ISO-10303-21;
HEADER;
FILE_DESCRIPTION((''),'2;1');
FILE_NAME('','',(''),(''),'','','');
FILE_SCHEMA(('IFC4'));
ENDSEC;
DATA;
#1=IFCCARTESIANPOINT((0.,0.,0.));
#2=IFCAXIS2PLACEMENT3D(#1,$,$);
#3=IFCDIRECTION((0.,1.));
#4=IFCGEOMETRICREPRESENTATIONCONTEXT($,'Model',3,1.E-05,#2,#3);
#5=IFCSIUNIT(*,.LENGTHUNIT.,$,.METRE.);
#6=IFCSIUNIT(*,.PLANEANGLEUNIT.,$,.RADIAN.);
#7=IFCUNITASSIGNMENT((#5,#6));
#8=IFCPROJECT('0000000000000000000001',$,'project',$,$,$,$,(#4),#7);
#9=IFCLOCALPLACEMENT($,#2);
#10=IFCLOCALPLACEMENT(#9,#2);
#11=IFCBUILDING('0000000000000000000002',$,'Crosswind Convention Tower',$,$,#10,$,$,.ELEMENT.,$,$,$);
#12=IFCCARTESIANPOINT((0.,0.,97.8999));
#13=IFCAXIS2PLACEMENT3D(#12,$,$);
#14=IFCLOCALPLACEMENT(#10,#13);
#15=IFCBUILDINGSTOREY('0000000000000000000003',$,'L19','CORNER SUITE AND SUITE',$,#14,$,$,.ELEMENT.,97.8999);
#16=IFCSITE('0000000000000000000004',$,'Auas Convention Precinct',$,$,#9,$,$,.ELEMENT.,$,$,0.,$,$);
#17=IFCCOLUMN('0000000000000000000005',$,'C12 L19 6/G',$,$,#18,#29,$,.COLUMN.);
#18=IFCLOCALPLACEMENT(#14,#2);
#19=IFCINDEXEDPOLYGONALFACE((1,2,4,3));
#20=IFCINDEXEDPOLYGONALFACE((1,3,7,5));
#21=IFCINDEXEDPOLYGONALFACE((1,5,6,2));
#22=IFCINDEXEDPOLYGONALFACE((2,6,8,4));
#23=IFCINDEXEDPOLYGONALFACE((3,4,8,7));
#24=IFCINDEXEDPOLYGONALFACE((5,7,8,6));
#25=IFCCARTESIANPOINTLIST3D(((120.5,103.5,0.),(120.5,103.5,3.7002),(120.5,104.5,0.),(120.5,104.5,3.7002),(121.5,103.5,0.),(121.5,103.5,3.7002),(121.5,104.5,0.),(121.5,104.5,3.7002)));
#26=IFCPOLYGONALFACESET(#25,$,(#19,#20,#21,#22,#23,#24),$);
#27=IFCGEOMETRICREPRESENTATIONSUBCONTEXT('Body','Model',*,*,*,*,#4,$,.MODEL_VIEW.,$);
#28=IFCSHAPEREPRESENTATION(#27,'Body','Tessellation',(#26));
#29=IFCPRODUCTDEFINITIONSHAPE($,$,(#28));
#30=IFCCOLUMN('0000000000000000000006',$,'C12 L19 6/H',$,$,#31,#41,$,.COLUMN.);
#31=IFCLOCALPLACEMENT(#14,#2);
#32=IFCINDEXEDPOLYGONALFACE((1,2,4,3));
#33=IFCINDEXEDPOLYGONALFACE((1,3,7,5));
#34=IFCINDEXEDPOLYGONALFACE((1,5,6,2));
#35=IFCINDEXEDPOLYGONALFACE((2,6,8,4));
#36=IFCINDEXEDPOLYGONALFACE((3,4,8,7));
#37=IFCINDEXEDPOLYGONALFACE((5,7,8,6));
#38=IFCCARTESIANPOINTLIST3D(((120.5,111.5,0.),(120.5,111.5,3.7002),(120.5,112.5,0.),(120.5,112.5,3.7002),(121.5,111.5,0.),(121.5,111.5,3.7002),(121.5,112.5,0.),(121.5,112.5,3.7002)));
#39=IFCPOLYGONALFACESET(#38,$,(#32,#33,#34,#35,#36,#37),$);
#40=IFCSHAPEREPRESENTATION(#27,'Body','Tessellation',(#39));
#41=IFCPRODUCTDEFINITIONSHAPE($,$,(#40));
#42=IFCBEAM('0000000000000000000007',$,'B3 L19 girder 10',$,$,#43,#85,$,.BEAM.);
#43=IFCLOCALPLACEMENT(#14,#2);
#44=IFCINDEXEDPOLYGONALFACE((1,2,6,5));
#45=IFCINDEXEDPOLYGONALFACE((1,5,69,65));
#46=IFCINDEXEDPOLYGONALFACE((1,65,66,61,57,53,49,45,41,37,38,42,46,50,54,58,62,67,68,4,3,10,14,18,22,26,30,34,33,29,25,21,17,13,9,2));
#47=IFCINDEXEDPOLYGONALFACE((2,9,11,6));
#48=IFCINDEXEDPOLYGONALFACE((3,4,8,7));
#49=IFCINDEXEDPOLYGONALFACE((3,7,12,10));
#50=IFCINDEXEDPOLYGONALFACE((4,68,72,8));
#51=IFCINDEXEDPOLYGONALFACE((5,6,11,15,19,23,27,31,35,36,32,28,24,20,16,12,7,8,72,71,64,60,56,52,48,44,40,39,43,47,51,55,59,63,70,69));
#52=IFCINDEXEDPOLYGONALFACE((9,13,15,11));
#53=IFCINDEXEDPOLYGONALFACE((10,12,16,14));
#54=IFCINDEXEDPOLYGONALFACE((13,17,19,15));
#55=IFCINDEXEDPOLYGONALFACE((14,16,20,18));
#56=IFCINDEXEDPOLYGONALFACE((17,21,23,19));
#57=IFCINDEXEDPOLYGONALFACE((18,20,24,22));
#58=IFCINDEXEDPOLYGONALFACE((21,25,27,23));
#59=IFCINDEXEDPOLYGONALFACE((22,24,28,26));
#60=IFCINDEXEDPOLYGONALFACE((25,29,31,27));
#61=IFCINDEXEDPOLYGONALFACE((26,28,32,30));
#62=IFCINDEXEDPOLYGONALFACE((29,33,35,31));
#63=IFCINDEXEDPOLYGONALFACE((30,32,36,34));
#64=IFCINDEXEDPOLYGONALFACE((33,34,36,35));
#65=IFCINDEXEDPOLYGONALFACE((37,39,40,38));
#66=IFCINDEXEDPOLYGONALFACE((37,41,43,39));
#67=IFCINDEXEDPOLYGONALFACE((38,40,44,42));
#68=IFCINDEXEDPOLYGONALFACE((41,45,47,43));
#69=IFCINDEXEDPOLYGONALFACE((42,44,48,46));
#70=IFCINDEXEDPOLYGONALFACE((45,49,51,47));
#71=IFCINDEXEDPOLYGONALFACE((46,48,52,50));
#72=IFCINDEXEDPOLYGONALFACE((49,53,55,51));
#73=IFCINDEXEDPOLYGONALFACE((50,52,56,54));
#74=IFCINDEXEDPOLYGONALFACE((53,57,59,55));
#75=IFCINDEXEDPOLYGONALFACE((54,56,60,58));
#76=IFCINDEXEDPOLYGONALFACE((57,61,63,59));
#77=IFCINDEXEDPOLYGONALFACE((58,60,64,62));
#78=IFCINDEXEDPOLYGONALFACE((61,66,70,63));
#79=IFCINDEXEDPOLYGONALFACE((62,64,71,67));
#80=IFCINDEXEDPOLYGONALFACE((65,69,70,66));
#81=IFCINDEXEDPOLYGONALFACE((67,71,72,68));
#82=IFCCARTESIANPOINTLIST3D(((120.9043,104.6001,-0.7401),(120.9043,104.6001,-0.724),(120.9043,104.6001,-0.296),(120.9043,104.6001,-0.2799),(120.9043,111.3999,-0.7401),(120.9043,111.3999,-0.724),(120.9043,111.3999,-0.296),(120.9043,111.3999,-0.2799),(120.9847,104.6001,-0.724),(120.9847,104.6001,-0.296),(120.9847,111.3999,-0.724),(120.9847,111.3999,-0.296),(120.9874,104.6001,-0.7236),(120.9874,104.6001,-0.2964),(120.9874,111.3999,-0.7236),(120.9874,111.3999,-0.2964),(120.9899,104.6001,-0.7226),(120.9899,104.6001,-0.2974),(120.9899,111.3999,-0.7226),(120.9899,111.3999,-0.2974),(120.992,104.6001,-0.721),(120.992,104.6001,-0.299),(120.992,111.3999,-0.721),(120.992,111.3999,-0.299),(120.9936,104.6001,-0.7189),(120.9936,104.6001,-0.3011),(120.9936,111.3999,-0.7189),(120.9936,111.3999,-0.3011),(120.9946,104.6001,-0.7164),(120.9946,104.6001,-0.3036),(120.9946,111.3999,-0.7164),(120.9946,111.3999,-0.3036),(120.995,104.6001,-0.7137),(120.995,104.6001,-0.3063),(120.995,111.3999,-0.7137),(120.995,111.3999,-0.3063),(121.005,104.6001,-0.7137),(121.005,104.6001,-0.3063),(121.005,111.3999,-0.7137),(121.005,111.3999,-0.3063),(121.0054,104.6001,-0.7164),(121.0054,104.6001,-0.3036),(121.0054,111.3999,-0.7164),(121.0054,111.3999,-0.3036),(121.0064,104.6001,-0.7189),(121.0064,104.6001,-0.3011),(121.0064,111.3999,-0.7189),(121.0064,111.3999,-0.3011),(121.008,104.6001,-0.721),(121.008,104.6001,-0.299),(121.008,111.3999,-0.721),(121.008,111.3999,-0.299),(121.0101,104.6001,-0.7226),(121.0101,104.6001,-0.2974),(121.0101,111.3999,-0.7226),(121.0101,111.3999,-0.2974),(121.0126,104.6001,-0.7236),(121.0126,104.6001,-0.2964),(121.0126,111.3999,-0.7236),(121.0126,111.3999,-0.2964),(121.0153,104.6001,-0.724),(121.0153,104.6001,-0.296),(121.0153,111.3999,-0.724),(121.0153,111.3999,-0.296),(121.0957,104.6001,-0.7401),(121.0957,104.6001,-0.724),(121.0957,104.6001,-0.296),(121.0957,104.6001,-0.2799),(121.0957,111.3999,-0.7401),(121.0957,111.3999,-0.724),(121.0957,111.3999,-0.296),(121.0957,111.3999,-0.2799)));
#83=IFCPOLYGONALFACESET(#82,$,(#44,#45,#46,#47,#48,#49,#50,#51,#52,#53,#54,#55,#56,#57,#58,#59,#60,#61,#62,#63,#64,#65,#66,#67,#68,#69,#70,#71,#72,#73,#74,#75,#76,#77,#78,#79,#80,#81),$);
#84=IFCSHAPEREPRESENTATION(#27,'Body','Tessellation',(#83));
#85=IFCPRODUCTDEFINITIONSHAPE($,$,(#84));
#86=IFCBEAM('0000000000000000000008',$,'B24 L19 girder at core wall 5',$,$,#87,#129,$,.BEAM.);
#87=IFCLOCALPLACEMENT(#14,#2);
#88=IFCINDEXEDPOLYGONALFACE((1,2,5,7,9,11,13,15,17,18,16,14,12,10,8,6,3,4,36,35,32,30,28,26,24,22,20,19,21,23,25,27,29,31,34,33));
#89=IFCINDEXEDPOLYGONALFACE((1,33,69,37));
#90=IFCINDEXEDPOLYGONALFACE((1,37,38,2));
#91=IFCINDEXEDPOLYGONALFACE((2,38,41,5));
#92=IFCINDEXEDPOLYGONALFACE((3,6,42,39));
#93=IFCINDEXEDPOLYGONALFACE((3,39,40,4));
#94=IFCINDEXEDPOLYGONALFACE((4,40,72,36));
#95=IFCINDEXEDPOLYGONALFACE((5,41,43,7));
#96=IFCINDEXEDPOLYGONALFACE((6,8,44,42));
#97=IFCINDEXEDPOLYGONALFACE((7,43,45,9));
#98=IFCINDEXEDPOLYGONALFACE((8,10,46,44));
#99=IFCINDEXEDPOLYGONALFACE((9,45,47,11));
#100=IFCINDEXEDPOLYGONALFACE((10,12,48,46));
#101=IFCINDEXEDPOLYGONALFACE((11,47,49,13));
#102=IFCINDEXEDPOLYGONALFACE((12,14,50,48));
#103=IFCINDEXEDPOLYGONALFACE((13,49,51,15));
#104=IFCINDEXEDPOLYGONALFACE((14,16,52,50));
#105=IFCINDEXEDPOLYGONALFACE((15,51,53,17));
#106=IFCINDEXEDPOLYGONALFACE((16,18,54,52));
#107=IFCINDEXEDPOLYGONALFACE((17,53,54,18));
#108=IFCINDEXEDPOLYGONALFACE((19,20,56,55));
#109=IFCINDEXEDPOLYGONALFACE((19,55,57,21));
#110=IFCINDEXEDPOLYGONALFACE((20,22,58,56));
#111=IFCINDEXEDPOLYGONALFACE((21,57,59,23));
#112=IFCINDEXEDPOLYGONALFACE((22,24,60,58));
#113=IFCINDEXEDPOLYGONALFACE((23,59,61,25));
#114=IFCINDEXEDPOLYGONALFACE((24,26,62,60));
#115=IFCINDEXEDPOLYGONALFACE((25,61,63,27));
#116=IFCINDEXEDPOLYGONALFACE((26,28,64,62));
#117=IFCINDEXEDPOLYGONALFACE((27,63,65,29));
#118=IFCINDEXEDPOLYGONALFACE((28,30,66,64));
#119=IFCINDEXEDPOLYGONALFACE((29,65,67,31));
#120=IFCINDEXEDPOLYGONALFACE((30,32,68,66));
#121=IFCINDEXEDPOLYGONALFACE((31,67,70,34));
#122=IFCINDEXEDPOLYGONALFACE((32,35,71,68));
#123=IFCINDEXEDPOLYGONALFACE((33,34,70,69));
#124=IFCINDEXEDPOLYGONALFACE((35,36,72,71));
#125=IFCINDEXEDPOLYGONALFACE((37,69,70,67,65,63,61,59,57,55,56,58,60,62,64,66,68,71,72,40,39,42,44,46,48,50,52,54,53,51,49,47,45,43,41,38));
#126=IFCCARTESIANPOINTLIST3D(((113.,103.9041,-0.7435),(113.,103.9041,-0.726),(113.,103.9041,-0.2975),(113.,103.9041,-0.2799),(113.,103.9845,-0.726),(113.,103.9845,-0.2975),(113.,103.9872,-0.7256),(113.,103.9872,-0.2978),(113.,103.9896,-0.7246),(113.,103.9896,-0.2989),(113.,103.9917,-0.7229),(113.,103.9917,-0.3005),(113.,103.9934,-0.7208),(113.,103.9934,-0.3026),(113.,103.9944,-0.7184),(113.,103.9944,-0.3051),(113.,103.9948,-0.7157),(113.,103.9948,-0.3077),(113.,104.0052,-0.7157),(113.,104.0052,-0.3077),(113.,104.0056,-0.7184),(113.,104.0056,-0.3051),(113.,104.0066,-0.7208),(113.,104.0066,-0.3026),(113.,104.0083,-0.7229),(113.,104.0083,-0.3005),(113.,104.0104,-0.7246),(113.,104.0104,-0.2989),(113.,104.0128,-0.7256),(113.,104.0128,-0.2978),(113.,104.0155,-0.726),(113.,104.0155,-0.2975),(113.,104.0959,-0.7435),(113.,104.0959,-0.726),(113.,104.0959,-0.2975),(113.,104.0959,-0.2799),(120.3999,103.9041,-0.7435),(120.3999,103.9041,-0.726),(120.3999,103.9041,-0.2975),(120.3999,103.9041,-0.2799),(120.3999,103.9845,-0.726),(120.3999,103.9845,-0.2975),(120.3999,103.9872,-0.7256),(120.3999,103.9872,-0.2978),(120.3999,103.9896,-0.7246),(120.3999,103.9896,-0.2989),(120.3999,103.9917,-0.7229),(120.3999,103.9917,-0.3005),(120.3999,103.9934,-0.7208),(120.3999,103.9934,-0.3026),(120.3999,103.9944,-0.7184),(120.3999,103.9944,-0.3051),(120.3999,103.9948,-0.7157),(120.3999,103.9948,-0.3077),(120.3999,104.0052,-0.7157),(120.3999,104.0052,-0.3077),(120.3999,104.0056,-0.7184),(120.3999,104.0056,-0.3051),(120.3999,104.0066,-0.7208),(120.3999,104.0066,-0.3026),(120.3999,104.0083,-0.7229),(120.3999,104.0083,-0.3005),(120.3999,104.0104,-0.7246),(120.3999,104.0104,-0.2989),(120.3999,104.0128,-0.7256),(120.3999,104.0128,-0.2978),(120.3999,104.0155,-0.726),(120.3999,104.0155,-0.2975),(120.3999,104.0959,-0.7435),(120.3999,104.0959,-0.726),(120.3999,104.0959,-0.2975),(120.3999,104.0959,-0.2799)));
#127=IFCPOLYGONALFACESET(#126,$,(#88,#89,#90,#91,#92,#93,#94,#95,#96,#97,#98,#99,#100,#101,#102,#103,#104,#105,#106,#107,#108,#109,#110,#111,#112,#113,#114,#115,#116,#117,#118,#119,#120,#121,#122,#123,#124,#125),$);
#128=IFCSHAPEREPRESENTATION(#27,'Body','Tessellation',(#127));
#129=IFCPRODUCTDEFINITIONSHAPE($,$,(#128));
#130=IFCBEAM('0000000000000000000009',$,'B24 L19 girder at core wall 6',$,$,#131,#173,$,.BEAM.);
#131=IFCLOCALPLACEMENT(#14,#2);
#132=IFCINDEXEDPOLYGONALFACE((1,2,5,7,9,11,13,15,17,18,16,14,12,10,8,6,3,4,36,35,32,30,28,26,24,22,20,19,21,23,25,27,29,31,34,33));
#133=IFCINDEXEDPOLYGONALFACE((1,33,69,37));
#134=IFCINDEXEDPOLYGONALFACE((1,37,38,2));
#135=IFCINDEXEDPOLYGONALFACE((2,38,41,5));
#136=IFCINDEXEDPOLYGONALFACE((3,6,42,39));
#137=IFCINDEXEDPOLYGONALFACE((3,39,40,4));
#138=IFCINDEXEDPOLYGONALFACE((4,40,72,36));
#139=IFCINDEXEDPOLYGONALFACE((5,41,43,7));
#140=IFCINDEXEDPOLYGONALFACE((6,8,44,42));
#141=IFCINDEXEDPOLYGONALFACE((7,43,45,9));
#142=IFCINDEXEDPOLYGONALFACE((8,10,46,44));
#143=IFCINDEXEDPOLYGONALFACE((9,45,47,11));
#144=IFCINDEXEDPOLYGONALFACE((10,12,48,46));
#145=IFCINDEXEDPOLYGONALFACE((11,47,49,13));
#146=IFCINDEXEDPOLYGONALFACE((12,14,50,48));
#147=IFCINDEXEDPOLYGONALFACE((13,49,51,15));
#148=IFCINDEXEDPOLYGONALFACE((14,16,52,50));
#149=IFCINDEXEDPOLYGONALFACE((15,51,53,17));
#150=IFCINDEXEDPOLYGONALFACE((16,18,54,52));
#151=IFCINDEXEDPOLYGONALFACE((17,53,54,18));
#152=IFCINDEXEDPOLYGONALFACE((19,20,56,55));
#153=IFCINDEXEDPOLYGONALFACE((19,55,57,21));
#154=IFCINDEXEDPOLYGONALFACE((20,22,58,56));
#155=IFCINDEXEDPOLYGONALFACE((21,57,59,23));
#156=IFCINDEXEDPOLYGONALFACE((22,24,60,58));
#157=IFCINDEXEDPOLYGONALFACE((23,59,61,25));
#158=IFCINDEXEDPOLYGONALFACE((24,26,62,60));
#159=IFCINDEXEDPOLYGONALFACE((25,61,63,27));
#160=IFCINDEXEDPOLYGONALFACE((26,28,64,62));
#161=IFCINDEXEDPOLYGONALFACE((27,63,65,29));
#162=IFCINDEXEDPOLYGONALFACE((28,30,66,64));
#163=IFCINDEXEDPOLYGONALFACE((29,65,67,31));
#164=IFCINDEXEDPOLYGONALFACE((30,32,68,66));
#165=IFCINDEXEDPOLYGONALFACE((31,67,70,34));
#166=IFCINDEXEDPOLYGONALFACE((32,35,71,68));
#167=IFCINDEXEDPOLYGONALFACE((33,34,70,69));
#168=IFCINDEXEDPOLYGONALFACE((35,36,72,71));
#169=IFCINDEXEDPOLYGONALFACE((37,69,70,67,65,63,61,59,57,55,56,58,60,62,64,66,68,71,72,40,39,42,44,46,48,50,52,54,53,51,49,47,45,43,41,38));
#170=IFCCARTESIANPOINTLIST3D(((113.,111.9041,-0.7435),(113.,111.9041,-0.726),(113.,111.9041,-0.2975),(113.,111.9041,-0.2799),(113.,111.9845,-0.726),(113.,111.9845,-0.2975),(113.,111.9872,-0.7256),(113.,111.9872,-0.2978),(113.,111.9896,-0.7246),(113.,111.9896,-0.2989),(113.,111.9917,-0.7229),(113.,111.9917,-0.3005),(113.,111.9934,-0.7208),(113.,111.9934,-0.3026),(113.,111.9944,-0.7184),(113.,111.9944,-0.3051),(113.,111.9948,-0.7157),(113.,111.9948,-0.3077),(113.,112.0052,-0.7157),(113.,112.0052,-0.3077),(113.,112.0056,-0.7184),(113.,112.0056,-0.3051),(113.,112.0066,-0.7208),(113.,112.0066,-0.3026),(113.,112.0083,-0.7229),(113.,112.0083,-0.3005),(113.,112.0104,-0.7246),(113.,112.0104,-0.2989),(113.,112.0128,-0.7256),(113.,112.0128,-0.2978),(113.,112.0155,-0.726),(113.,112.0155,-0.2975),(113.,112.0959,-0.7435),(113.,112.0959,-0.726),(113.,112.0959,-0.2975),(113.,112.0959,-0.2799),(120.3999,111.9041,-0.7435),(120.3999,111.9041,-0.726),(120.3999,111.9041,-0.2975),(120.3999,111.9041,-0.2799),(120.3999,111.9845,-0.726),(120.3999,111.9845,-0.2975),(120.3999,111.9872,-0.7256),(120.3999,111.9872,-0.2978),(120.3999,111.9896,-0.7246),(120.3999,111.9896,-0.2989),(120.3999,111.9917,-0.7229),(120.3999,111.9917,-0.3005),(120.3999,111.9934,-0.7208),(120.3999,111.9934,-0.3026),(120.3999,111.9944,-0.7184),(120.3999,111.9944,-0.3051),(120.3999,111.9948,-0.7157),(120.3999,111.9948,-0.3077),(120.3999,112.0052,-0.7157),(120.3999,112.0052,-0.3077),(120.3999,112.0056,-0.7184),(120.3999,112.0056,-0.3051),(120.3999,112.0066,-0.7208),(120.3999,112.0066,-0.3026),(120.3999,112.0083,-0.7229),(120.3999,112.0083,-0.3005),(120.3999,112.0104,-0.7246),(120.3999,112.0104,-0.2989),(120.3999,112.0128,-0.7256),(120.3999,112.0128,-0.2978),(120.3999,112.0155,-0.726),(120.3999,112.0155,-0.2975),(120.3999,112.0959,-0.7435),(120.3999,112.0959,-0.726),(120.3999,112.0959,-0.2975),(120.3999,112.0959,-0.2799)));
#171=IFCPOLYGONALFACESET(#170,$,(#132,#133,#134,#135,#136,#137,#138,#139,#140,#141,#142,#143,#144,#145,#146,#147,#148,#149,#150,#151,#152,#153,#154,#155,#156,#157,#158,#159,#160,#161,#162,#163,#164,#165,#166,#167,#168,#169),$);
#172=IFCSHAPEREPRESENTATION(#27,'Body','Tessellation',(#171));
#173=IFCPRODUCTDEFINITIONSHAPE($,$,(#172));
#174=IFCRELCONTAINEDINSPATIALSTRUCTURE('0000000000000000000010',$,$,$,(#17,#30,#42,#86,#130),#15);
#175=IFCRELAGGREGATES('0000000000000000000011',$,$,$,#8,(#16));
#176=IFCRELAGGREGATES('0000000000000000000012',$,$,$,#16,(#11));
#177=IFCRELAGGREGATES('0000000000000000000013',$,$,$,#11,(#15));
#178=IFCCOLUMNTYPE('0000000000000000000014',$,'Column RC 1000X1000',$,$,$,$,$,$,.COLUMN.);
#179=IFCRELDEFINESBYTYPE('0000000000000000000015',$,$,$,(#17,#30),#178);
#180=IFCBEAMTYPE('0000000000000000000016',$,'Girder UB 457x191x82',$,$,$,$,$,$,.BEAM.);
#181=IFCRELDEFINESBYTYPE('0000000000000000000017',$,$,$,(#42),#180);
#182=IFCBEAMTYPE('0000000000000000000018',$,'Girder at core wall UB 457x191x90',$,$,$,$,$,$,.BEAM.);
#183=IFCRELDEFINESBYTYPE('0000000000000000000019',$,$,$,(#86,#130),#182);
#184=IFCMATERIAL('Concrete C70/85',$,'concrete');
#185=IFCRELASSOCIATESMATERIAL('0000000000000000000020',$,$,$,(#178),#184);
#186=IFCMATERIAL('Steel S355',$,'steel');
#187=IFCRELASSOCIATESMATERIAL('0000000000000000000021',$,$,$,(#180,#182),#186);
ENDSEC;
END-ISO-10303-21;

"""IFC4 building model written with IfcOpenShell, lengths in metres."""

from ifc_helpers import new_model, si_unit, direction, frame, origin, origin_2d, place, context, subcontext, project, spatial, rectangle, i_section, extrude, material, material_profile, profile_set, type_object, element, save


model = new_model("IFC4")

# Units and contexts
model_context = context("Model", 3, precision=1e-05, world=origin(), true_north=direction((0.0, 1.0)))
body_context = subcontext(model_context, "Body", "Model", "MODEL_VIEW")
ifc_project = project(units=[si_unit("LENGTHUNIT", "METRE"), si_unit("PLANEANGLEUNIT", "RADIAN")], contexts=[model_context])

# Site, building, storey
site_placement = place(None, origin())
site = spatial("IfcSite", under=ifc_project, at=site_placement, Name="Auas Convention Precinct", CompositionType="ELEMENT", RefElevation=0.0)
building_placement = place(site_placement, origin())
building = spatial("IfcBuilding", under=site, at=building_placement, Name="Crosswind Convention Tower", CompositionType="ELEMENT")
storey_placement = place(building_placement, frame((0.0, 0.0, 97.8999)))
storey = spatial("IfcBuildingStorey", under=building, at=storey_placement, Name="L19", Description="CORNER SUITE AND SUITE", CompositionType="ELEMENT", Elevation=97.8999)

# Columns
ifc_material_1 = material(Name="Concrete C70/85", Category="concrete")
ifc_material_profile_1 = material_profile(ifc_material_1, rectangle(XDim=1.0, YDim=1.0, at=origin_2d()), Name="RC 1000X1000")
ifc_profile_set_1 = profile_set([ifc_material_profile_1], Name="Concrete C70/85")
column_type = type_object("IfcColumnType", Name="Column RC 1000X1000", PredefinedType="COLUMN", material=ifc_profile_set_1)
for number, where, z_axis, x_axis, name in (
    (1, (121.0, 104.0, 0.0), (0.0, 0.0, 1.0), (1.0, 0.0, 0.0), "C12 L19 6/G"),
    (2, (121.0, 112.0, 0.0), (0.0, 0.0, 1.0), (1.0, 0.0, 0.0), "C12 L19 6/H"),
):
    element("IfcColumn", number, at=place(storey_placement, frame(where, z_axis=z_axis, x_axis=x_axis)), inside=storey, type_object=column_type, Name=name, PredefinedType="COLUMN", context=body_context, shape_type="SweptSolid", body=[
        extrude(rectangle(XDim=1.0, YDim=1.0, at=origin_2d()), origin(), (0.0, 0.0, 1.0), 3.7002),
    ])

# Beams
ifc_material_2 = material(Name="Steel S355", Category="steel")
ifc_material_profile_2 = material_profile(ifc_material_2, i_section(OverallWidth=0.1914, OverallDepth=0.4602, WebThickness=0.01, FlangeThickness=0.0161, FilletRadius=0.0103, at=origin_2d()), Name="UB 457x191x82")
ifc_profile_set_2 = profile_set([ifc_material_profile_2], Name="Steel S355")
beam_type_1 = type_object("IfcBeamType", Name="Girder UB 457x191x82", PredefinedType="BEAM", material=ifc_profile_set_2)
beam_placement = place(storey_placement, frame((121.0, 104.6001, -0.51), z_axis=(0.0, 1.0, 0.0), x_axis=(-1.0, 0.0, 0.0)))
element("IfcBeam", 3, at=beam_placement, inside=storey, type_object=beam_type_1, Name="B3 L19 girder 10", PredefinedType="BEAM", context=body_context, shape_type="SweptSolid", body=[
    extrude(i_section(OverallWidth=0.1914, OverallDepth=0.4602, WebThickness=0.01, FlangeThickness=0.0161, FilletRadius=0.0103, at=origin_2d()), origin(), (0.0, 0.0, 1.0), 6.7998),
])
ifc_material_profile_3 = material_profile(ifc_material_2, i_section(OverallWidth=0.1919, OverallDepth=0.4636, WebThickness=0.0105, FlangeThickness=0.0176, FilletRadius=0.0103, at=origin_2d()), Name="UB 457x191x90")
ifc_profile_set_3 = profile_set([ifc_material_profile_3], Name="Steel S355")
beam_type_2 = type_object("IfcBeamType", Name="Girder at core wall UB 457x191x90", PredefinedType="BEAM", material=ifc_profile_set_3)
for number, where, z_axis, x_axis, name in (
    (4, (113.0, 104.0, -0.5117), (1.0, 0.0, 0.0), (0.0, 1.0, 0.0), "B24 L19 girder at core wall 5"),
    (5, (113.0, 112.0, -0.5117), (1.0, 0.0, 0.0), (0.0, 1.0, 0.0), "B24 L19 girder at core wall 6"),
):
    element("IfcBeam", number, at=place(storey_placement, frame(where, z_axis=z_axis, x_axis=x_axis)), inside=storey, type_object=beam_type_2, Name=name, PredefinedType="BEAM", context=body_context, shape_type="SweptSolid", body=[
        extrude(i_section(OverallWidth=0.1919, OverallDepth=0.4636, WebThickness=0.0105, FlangeThickness=0.0176, FilletRadius=0.0103, at=origin_2d()), origin(), (0.0, 0.0, 1.0), 7.3999),
    ])

save(model, "model.ifc")
